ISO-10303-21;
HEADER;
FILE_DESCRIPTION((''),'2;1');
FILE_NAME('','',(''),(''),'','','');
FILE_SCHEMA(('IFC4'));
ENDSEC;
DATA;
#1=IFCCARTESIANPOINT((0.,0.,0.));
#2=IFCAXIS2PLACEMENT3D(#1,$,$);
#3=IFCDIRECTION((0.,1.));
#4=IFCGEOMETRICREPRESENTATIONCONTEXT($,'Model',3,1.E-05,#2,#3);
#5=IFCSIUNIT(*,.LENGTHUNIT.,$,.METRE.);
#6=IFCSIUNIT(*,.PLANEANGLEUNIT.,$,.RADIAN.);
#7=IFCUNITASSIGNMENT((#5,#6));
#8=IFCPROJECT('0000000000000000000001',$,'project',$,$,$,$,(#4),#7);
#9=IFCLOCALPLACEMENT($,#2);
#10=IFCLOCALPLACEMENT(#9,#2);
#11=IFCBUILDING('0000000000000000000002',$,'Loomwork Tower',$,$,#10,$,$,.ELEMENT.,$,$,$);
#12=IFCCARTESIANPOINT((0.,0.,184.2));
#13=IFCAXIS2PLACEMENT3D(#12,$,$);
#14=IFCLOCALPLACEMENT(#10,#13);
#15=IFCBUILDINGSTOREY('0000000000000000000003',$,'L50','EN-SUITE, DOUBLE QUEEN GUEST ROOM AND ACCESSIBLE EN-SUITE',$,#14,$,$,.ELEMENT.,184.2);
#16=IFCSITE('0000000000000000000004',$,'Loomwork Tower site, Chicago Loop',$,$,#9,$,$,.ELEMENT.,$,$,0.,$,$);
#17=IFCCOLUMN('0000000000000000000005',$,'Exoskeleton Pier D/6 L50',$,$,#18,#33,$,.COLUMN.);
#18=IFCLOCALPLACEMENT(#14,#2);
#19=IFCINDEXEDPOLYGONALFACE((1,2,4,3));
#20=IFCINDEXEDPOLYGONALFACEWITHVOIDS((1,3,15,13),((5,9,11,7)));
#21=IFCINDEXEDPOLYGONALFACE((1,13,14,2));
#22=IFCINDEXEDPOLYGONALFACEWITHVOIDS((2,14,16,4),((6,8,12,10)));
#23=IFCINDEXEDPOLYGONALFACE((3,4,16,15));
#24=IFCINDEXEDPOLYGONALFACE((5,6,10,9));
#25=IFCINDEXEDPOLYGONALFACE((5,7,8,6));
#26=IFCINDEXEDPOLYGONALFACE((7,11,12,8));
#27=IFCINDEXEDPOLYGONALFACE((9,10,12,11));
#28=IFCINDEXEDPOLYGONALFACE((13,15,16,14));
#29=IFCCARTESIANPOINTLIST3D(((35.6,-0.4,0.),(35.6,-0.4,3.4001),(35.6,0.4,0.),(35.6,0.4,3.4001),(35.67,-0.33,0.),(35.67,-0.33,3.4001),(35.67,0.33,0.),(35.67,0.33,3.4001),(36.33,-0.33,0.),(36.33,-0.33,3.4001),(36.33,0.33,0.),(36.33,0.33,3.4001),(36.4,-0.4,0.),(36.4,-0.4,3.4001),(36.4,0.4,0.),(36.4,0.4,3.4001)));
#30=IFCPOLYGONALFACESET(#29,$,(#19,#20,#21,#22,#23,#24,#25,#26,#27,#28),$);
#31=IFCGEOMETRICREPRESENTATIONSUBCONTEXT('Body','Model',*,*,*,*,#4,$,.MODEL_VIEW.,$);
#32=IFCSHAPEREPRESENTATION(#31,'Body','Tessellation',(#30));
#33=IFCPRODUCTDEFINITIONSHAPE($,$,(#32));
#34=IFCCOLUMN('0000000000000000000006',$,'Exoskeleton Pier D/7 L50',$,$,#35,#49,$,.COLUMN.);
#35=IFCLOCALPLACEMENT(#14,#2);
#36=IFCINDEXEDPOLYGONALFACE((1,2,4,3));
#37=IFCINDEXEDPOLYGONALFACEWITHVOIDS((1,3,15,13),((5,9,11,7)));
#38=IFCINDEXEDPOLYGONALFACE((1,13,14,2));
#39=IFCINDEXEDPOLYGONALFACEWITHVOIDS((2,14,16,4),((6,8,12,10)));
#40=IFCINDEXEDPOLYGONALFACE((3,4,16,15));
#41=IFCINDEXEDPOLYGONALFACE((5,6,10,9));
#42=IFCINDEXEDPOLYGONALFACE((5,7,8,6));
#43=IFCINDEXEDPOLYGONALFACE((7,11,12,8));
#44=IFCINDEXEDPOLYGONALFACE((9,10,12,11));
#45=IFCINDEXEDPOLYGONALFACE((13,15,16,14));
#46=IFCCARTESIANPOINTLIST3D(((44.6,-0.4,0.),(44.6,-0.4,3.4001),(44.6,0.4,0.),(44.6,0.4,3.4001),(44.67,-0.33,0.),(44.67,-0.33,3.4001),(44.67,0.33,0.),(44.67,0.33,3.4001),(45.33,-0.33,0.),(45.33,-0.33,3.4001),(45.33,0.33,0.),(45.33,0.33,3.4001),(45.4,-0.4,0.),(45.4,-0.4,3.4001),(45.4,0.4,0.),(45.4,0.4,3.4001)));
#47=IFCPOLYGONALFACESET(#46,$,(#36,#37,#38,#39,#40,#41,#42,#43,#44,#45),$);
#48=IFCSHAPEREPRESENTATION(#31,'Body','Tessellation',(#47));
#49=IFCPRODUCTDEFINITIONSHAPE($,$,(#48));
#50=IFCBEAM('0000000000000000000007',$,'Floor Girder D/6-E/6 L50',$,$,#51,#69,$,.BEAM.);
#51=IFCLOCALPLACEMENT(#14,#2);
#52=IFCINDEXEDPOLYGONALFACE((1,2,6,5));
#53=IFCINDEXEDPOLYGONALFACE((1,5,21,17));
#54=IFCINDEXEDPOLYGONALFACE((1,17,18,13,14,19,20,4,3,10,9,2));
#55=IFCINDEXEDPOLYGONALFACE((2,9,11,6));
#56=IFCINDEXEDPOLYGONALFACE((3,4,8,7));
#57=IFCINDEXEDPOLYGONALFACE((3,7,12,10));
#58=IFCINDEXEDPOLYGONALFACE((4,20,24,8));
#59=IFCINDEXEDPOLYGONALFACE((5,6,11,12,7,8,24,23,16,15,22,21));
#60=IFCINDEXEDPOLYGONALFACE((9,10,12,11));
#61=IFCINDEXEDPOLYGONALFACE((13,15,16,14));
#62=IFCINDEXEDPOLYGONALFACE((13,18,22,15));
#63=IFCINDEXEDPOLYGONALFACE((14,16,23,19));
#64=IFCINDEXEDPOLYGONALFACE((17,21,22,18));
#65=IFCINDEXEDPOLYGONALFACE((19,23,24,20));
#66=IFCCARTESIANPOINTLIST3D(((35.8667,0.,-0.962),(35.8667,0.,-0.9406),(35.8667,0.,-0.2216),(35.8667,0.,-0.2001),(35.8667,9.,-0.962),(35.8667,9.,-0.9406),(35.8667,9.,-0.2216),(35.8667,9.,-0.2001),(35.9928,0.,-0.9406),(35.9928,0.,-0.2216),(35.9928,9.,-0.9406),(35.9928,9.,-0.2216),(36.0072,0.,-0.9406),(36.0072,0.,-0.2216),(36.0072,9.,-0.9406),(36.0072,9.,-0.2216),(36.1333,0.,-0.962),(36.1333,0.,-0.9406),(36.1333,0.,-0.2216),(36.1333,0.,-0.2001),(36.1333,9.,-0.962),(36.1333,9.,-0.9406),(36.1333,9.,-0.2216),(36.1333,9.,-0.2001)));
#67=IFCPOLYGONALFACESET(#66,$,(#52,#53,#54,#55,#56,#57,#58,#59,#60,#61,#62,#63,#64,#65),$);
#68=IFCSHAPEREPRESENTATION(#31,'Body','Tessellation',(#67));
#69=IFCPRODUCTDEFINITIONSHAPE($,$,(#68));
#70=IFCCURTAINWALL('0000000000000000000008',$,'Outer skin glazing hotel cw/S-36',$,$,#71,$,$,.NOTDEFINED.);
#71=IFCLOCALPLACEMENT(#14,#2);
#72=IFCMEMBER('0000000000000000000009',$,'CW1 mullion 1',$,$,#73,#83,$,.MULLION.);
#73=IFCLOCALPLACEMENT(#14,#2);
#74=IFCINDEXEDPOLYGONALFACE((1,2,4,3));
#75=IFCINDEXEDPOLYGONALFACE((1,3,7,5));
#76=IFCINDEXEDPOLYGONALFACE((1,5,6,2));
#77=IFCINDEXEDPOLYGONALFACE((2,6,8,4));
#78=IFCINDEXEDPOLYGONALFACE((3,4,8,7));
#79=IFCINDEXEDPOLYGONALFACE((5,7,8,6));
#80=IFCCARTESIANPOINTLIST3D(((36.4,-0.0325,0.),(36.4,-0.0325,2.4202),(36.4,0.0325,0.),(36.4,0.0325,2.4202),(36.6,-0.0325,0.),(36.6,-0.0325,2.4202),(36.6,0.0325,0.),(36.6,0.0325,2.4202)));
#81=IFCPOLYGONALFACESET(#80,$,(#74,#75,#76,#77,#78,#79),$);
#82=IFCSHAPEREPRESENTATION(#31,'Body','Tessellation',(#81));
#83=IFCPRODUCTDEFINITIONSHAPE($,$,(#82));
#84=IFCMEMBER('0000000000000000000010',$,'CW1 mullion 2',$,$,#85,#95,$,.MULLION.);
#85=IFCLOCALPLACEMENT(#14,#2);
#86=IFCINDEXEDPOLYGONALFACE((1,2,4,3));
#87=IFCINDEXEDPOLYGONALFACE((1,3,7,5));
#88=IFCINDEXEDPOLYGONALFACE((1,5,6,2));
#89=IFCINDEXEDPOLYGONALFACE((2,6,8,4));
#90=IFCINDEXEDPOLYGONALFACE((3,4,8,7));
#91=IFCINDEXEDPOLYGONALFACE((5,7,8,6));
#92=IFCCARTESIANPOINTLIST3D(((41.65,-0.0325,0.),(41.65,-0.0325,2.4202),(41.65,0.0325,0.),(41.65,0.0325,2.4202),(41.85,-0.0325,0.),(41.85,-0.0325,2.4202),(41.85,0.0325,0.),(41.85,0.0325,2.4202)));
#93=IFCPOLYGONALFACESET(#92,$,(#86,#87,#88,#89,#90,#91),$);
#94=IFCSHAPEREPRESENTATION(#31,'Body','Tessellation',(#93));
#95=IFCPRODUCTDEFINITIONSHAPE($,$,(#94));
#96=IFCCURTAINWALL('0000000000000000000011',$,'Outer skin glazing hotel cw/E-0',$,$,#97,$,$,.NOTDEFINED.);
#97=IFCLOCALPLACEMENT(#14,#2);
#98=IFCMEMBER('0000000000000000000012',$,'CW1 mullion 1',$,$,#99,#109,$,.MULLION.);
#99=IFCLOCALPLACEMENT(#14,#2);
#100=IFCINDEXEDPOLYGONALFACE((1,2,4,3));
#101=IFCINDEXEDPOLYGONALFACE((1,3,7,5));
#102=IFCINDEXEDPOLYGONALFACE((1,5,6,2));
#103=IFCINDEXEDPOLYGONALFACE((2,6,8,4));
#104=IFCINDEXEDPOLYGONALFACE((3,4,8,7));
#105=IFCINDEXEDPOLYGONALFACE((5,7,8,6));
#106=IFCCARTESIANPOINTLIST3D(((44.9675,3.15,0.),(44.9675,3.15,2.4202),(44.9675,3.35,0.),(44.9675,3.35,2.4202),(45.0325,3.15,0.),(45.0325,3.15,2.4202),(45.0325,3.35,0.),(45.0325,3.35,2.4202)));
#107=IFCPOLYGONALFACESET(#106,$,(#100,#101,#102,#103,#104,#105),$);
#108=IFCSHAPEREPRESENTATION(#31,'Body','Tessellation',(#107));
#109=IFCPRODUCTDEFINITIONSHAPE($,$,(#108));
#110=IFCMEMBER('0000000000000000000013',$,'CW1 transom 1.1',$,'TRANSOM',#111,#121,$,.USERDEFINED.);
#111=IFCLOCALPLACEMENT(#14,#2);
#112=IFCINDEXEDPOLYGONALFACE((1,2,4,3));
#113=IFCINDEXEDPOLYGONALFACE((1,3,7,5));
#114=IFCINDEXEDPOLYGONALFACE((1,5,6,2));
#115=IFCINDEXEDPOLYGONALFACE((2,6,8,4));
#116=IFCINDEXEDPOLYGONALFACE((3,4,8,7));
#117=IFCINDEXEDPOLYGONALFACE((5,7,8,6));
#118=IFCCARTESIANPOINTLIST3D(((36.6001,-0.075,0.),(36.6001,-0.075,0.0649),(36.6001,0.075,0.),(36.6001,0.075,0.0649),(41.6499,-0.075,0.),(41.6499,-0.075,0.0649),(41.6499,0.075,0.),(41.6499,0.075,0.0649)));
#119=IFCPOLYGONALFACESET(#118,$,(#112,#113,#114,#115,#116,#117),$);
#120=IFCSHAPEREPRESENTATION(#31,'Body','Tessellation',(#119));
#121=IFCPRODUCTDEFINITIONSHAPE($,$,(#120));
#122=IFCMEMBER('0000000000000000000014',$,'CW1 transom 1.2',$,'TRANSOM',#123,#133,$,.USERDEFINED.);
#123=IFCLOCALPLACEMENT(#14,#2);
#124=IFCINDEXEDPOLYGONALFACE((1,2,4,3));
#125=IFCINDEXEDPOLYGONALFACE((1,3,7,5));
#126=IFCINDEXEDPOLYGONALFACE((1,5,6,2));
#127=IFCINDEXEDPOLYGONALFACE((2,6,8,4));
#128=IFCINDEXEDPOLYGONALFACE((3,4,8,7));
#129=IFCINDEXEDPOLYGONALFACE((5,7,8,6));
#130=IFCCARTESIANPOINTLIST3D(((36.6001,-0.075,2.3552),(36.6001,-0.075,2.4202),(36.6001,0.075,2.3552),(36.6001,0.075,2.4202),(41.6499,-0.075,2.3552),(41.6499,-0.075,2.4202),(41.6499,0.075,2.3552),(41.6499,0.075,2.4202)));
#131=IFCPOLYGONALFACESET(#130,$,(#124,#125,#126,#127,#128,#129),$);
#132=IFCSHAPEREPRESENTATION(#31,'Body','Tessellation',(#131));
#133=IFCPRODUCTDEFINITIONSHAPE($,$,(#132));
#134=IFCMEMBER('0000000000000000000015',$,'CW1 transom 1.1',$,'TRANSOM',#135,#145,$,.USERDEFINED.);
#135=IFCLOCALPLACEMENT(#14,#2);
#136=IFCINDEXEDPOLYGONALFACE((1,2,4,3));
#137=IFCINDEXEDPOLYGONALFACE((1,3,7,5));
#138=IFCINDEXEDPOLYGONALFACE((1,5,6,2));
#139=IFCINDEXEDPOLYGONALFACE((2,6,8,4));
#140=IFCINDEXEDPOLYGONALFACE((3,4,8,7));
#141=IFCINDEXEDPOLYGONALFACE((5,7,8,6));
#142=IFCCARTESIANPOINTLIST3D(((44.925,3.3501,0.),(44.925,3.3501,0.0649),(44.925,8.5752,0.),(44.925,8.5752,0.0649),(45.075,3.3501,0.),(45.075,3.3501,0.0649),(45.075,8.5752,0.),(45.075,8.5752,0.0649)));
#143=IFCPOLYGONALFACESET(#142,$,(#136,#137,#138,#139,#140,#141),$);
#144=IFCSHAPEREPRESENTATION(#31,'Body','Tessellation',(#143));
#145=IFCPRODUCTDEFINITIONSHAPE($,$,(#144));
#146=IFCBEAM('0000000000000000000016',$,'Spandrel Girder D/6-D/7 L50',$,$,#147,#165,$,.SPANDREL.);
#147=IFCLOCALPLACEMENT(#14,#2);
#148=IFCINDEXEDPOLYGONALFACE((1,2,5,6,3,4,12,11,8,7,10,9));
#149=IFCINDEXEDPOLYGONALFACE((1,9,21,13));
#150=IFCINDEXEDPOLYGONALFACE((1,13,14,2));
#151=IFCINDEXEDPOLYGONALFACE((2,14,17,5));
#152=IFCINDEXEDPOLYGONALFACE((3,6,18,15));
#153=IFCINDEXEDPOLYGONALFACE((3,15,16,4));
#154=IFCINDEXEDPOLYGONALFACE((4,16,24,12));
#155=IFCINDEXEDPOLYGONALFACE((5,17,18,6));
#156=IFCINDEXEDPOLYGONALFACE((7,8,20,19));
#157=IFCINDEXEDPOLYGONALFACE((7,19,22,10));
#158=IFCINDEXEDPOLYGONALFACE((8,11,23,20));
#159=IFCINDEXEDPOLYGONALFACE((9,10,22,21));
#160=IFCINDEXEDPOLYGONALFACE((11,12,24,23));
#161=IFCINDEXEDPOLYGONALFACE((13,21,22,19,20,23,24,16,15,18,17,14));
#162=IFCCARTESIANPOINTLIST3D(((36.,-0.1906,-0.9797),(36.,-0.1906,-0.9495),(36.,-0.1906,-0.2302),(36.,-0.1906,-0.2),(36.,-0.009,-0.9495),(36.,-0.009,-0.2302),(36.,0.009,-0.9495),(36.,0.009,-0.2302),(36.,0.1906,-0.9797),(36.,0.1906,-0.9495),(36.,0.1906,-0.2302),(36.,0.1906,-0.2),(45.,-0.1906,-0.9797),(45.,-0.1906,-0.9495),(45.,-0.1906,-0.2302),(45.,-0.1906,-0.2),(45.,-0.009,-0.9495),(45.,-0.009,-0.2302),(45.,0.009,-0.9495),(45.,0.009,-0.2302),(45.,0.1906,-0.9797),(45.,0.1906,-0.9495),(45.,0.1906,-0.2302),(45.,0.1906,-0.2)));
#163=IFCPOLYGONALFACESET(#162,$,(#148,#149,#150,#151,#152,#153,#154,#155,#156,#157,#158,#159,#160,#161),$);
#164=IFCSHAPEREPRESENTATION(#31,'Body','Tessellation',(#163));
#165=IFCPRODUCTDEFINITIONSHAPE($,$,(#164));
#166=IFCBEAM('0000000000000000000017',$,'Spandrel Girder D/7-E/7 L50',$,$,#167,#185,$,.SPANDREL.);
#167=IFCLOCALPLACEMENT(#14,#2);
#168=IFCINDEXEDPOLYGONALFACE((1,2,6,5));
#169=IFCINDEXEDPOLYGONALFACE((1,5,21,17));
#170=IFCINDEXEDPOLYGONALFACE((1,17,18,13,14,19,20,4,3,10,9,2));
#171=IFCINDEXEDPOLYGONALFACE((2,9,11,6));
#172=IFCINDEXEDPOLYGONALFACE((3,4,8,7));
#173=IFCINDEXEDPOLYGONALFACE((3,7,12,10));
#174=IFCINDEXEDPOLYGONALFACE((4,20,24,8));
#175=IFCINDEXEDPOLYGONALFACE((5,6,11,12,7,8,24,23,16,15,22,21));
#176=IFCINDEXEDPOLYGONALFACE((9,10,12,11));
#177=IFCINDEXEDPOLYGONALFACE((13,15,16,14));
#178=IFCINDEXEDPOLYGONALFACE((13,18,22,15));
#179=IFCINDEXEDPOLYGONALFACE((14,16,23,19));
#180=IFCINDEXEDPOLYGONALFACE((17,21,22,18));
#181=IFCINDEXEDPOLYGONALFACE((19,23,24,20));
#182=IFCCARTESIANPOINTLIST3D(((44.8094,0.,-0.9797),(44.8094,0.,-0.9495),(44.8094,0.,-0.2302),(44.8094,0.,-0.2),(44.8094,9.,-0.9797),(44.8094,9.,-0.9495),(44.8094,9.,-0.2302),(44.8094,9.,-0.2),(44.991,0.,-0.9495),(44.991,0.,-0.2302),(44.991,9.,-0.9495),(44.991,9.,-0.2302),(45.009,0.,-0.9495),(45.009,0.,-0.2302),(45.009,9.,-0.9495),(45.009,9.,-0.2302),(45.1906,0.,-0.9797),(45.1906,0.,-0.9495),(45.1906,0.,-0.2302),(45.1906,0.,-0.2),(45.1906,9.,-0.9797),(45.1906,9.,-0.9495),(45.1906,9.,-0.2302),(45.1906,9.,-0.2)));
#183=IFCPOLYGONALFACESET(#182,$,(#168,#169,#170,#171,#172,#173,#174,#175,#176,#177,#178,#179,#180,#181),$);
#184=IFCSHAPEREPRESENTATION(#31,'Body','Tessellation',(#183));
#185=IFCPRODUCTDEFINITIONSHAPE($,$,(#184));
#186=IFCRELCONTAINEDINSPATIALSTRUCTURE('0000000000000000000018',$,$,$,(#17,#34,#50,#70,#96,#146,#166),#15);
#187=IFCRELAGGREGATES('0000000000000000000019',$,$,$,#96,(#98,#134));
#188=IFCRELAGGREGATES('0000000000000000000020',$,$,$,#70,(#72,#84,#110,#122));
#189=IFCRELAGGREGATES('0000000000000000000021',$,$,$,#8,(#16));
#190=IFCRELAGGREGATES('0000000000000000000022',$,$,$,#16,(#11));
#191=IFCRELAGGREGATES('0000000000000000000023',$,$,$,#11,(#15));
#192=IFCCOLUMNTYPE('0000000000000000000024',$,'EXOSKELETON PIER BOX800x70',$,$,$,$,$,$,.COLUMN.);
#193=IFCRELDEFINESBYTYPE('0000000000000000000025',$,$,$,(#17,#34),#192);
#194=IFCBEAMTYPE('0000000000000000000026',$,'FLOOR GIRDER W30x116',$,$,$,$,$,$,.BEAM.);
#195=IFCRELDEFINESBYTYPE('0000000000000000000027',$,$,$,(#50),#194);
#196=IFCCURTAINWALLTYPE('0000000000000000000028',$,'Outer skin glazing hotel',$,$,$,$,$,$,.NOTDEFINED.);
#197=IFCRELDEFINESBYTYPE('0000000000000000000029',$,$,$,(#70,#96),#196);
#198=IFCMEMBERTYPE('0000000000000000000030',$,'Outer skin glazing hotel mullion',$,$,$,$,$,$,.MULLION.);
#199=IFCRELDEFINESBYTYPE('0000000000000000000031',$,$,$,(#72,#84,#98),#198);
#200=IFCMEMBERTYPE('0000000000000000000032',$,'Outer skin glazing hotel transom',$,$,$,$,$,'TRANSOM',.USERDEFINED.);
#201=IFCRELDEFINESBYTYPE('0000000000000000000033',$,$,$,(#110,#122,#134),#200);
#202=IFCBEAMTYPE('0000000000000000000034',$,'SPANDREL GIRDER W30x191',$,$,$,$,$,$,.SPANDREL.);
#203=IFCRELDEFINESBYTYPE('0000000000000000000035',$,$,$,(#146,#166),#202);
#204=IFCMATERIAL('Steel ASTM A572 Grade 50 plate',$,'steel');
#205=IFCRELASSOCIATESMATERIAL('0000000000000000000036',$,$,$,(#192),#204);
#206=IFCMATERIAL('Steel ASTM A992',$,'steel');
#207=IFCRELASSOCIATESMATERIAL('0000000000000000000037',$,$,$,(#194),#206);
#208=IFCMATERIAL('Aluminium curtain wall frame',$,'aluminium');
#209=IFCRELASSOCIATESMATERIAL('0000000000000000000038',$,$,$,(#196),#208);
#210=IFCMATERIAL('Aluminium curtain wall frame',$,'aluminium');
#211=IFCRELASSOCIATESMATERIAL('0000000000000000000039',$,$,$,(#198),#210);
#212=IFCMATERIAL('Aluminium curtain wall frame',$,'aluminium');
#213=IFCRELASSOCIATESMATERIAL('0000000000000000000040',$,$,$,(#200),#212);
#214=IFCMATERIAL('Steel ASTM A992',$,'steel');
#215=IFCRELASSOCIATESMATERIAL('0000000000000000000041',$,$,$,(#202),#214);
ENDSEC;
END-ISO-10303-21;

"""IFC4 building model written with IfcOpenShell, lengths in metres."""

from ifc_helpers import new_model, si_unit, direction, frame, origin, origin_2d, place, context, subcontext, project, spatial, rectangle, hollow_rectangle, i_section, extrude, material, material_profile, profile_set, type_object, element, aggregate, save


model = new_model("IFC4")

# Units and contexts
model_context = context("Model", 3, precision=1e-05, world=origin(), true_north=direction((0.0, 1.0)))
body_context = subcontext(model_context, "Body", "Model", "MODEL_VIEW")
ifc_project = project(units=[si_unit("LENGTHUNIT", "METRE"), si_unit("PLANEANGLEUNIT", "RADIAN")], contexts=[model_context])

# Site, building, storey
site_placement = place(None, origin())
site = spatial("IfcSite", under=ifc_project, at=site_placement, Name="Loomwork Tower site, Chicago Loop", CompositionType="ELEMENT", RefElevation=0.0)
building_placement = place(site_placement, origin())
building = spatial("IfcBuilding", under=site, at=building_placement, Name="Loomwork Tower", CompositionType="ELEMENT")
storey_placement = place(building_placement, frame((0.0, 0.0, 184.2)))
storey = spatial("IfcBuildingStorey", under=building, at=storey_placement, Name="L50", Description="EN-SUITE, DOUBLE QUEEN GUEST ROOM AND ACCESSIBLE EN-SUITE", CompositionType="ELEMENT", Elevation=184.2)

# Columns
ifc_material_1 = material(Name="Steel ASTM A572 Grade 50 plate", Category="steel")
ifc_material_profile_1 = material_profile(ifc_material_1, hollow_rectangle(XDim=0.8, YDim=0.8, WallThickness=0.0701, at=origin_2d()), Name="BOX800x70")
ifc_profile_set_1 = profile_set([ifc_material_profile_1], Name="Steel ASTM A572 Grade 50 plate")
column_type = type_object("IfcColumnType", Name="EXOSKELETON PIER BOX800x70", PredefinedType="COLUMN", material=ifc_profile_set_1)
for number, where, z_axis, x_axis, name in (
    (1, (36.0, 0.0, 0.0), (0.0, 0.0, 1.0), (1.0, 0.0, 0.0), "Exoskeleton Pier D/6 L50"),
    (2, (45.0, 0.0, 0.0), (0.0, 0.0, 1.0), (1.0, 0.0, 0.0), "Exoskeleton Pier D/7 L50"),
):
    element("IfcColumn", number, at=place(storey_placement, frame(where, z_axis=z_axis, x_axis=x_axis)), inside=storey, type_object=column_type, Name=name, PredefinedType="COLUMN", context=body_context, shape_type="SweptSolid", body=[
        extrude(hollow_rectangle(XDim=0.8, YDim=0.8, WallThickness=0.0701, at=origin_2d()), origin(), (0.0, 0.0, 1.0), 3.4001),
    ])

# Beam
ifc_material_2 = material(Name="Steel ASTM A992", Category="steel")
ifc_material_profile_2 = material_profile(ifc_material_2, i_section(OverallWidth=0.2666, OverallDepth=0.762, WebThickness=0.0144, FlangeThickness=0.0215, at=origin_2d()), Name="W30x116")
ifc_profile_set_2 = profile_set([ifc_material_profile_2], Name="Steel ASTM A992")
beam_type_1 = type_object("IfcBeamType", Name="FLOOR GIRDER W30x116", PredefinedType="BEAM", material=ifc_profile_set_2)
beam_placement = place(storey_placement, frame((36.0, 0.0, -0.5811), z_axis=(0.0, 1.0, 0.0), x_axis=(-1.0, 0.0, 0.0)))
element("IfcBeam", 3, at=beam_placement, inside=storey, type_object=beam_type_1, Name="Floor Girder D/6-E/6 L50", PredefinedType="BEAM", context=body_context, shape_type="SweptSolid", body=[
    extrude(i_section(OverallWidth=0.2666, OverallDepth=0.762, WebThickness=0.0144, FlangeThickness=0.0215, at=origin_2d()), origin(), (0.0, 0.0, 1.0), 9.0),
])

# Curtain wall, members
ifc_material_3 = material(Name="Aluminium curtain wall frame", Category="aluminium")
curtain_wall_type = type_object("IfcCurtainWallType", Name="Outer skin glazing hotel", PredefinedType="NOTDEFINED", material=ifc_material_3)
curtain_wall_1_placement = place(storey_placement, origin())
curtain_wall_1 = element("IfcCurtainWall", 4, at=curtain_wall_1_placement, inside=storey, type_object=curtain_wall_type, Name="Outer skin glazing hotel cw/S-36", PredefinedType="NOTDEFINED")
ifc_material_4 = material(Name="Aluminium curtain wall frame", Category="aluminium")
ifc_material_profile_3 = material_profile(ifc_material_4, rectangle(XDim=0.0649, YDim=0.2, at=origin_2d()), Name="AL 65x200")
ifc_profile_set_3 = profile_set([ifc_material_profile_3], Name="Aluminium curtain wall frame")
member_type_1 = type_object("IfcMemberType", Name="Outer skin glazing hotel mullion", PredefinedType="MULLION", material=ifc_profile_set_3)
member_1_placement = place(storey_placement, frame((36.5, 0.0, 0.0), z_axis=(0.0, 0.0, 1.0), x_axis=(0.0, 1.0, 0.0)))
member_1 = element("IfcMember", 5, at=member_1_placement, type_object=member_type_1, Name="CW1 mullion 1", PredefinedType="MULLION", context=body_context, shape_type="SweptSolid", body=[
    extrude(rectangle(XDim=0.0649, YDim=0.2, at=origin_2d()), origin(), (0.0, 0.0, 1.0), 2.4202),
])
member_2_placement = place(storey_placement, frame((41.75, 0.0, 0.0), z_axis=(0.0, 0.0, 1.0), x_axis=(0.0, 1.0, 0.0)))
member_2 = element("IfcMember", 6, at=member_2_placement, type_object=member_type_1, Name="CW1 mullion 2", PredefinedType="MULLION", context=body_context, shape_type="SweptSolid", body=[
    extrude(rectangle(XDim=0.0649, YDim=0.2, at=origin_2d()), origin(), (0.0, 0.0, 1.0), 2.4202),
])

# Curtain wall, member
curtain_wall_2_placement = place(storey_placement, origin())
curtain_wall_2 = element("IfcCurtainWall", 7, at=curtain_wall_2_placement, inside=storey, type_object=curtain_wall_type, Name="Outer skin glazing hotel cw/E-0", PredefinedType="NOTDEFINED")
member_3_placement = place(storey_placement, frame((45.0, 3.25, 0.0), z_axis=(0.0, 0.0, 1.0), x_axis=(-1.0, 0.0, 0.0)))
member_3 = element("IfcMember", 8, at=member_3_placement, type_object=member_type_1, Name="CW1 mullion 1", PredefinedType="MULLION", context=body_context, shape_type="SweptSolid", body=[
    extrude(rectangle(XDim=0.0649, YDim=0.2, at=origin_2d()), origin(), (0.0, 0.0, 1.0), 2.4202),
])

# Members
ifc_material_5 = material(Name="Aluminium curtain wall frame", Category="aluminium")
ifc_material_profile_4 = material_profile(ifc_material_5, rectangle(XDim=0.1499, YDim=0.0649, at=origin_2d()), Name="AL 65x150")
ifc_profile_set_4 = profile_set([ifc_material_profile_4], Name="Aluminium curtain wall frame")
member_type_2 = type_object("IfcMemberType", Name="Outer skin glazing hotel transom", ElementType="TRANSOM", PredefinedType="USERDEFINED", material=ifc_profile_set_4)
member_4_placement = place(storey_placement, frame((36.6001, 0.0, 0.0325), z_axis=(1.0, 0.0, 0.0), x_axis=(0.0, 1.0, 0.0)))
member_4 = element("IfcMember", 9, at=member_4_placement, type_object=member_type_2, Name="CW1 transom 1.1", ObjectType="TRANSOM", PredefinedType="USERDEFINED", context=body_context, shape_type="SweptSolid", body=[
    extrude(rectangle(XDim=0.1499, YDim=0.0649, at=origin_2d()), origin(), (0.0, 0.0, 1.0), 5.0498),
])
member_5_placement = place(storey_placement, frame((36.6001, 0.0, 2.3877), z_axis=(1.0, 0.0, 0.0), x_axis=(0.0, 1.0, 0.0)))
member_5 = element("IfcMember", 10, at=member_5_placement, type_object=member_type_2, Name="CW1 transom 1.2", ObjectType="TRANSOM", PredefinedType="USERDEFINED", context=body_context, shape_type="SweptSolid", body=[
    extrude(rectangle(XDim=0.1499, YDim=0.0649, at=origin_2d()), origin(), (0.0, 0.0, 1.0), 5.0498),
])
member_6_placement = place(storey_placement, frame((45.0, 3.3501, 0.0325), z_axis=(0.0, 1.0, 0.0), x_axis=(-1.0, 0.0, 0.0)))
member_6 = element("IfcMember", 11, at=member_6_placement, type_object=member_type_2, Name="CW1 transom 1.1", ObjectType="TRANSOM", PredefinedType="USERDEFINED", context=body_context, shape_type="SweptSolid", body=[
    extrude(rectangle(XDim=0.1499, YDim=0.0649, at=origin_2d()), origin(), (0.0, 0.0, 1.0), 5.2251),
])
aggregate(curtain_wall_2, [member_3, member_6])

# Beams
ifc_material_6 = material(Name="Steel ASTM A992", Category="steel")
ifc_material_profile_5 = material_profile(ifc_material_6, i_section(OverallWidth=0.3811, OverallDepth=0.7798, WebThickness=0.0181, FlangeThickness=0.0303, at=origin_2d()), Name="W30x191")
ifc_profile_set_5 = profile_set([ifc_material_profile_5], Name="Steel ASTM A992")
beam_type_2 = type_object("IfcBeamType", Name="SPANDREL GIRDER W30x191", PredefinedType="SPANDREL", material=ifc_profile_set_5)
for number, where, z_axis, x_axis, name in (
    (12, (36.0, 0.0, -0.5898), (1.0, 0.0, 0.0), (0.0, 1.0, 0.0), "Spandrel Girder D/6-D/7 L50"),
    (13, (45.0, 0.0, -0.5898), (0.0, 1.0, 0.0), (-1.0, 0.0, 0.0), "Spandrel Girder D/7-E/7 L50"),
):
    element("IfcBeam", number, at=place(storey_placement, frame(where, z_axis=z_axis, x_axis=x_axis)), inside=storey, type_object=beam_type_2, Name=name, PredefinedType="SPANDREL", context=body_context, shape_type="SweptSolid", body=[
        extrude(i_section(OverallWidth=0.3811, OverallDepth=0.7798, WebThickness=0.0181, FlangeThickness=0.0303, at=origin_2d()), origin(), (0.0, 0.0, 1.0), 9.0),
    ])

aggregate(curtain_wall_1, [member_1, member_2, member_4, member_5])

save(model, "model.ifc")
